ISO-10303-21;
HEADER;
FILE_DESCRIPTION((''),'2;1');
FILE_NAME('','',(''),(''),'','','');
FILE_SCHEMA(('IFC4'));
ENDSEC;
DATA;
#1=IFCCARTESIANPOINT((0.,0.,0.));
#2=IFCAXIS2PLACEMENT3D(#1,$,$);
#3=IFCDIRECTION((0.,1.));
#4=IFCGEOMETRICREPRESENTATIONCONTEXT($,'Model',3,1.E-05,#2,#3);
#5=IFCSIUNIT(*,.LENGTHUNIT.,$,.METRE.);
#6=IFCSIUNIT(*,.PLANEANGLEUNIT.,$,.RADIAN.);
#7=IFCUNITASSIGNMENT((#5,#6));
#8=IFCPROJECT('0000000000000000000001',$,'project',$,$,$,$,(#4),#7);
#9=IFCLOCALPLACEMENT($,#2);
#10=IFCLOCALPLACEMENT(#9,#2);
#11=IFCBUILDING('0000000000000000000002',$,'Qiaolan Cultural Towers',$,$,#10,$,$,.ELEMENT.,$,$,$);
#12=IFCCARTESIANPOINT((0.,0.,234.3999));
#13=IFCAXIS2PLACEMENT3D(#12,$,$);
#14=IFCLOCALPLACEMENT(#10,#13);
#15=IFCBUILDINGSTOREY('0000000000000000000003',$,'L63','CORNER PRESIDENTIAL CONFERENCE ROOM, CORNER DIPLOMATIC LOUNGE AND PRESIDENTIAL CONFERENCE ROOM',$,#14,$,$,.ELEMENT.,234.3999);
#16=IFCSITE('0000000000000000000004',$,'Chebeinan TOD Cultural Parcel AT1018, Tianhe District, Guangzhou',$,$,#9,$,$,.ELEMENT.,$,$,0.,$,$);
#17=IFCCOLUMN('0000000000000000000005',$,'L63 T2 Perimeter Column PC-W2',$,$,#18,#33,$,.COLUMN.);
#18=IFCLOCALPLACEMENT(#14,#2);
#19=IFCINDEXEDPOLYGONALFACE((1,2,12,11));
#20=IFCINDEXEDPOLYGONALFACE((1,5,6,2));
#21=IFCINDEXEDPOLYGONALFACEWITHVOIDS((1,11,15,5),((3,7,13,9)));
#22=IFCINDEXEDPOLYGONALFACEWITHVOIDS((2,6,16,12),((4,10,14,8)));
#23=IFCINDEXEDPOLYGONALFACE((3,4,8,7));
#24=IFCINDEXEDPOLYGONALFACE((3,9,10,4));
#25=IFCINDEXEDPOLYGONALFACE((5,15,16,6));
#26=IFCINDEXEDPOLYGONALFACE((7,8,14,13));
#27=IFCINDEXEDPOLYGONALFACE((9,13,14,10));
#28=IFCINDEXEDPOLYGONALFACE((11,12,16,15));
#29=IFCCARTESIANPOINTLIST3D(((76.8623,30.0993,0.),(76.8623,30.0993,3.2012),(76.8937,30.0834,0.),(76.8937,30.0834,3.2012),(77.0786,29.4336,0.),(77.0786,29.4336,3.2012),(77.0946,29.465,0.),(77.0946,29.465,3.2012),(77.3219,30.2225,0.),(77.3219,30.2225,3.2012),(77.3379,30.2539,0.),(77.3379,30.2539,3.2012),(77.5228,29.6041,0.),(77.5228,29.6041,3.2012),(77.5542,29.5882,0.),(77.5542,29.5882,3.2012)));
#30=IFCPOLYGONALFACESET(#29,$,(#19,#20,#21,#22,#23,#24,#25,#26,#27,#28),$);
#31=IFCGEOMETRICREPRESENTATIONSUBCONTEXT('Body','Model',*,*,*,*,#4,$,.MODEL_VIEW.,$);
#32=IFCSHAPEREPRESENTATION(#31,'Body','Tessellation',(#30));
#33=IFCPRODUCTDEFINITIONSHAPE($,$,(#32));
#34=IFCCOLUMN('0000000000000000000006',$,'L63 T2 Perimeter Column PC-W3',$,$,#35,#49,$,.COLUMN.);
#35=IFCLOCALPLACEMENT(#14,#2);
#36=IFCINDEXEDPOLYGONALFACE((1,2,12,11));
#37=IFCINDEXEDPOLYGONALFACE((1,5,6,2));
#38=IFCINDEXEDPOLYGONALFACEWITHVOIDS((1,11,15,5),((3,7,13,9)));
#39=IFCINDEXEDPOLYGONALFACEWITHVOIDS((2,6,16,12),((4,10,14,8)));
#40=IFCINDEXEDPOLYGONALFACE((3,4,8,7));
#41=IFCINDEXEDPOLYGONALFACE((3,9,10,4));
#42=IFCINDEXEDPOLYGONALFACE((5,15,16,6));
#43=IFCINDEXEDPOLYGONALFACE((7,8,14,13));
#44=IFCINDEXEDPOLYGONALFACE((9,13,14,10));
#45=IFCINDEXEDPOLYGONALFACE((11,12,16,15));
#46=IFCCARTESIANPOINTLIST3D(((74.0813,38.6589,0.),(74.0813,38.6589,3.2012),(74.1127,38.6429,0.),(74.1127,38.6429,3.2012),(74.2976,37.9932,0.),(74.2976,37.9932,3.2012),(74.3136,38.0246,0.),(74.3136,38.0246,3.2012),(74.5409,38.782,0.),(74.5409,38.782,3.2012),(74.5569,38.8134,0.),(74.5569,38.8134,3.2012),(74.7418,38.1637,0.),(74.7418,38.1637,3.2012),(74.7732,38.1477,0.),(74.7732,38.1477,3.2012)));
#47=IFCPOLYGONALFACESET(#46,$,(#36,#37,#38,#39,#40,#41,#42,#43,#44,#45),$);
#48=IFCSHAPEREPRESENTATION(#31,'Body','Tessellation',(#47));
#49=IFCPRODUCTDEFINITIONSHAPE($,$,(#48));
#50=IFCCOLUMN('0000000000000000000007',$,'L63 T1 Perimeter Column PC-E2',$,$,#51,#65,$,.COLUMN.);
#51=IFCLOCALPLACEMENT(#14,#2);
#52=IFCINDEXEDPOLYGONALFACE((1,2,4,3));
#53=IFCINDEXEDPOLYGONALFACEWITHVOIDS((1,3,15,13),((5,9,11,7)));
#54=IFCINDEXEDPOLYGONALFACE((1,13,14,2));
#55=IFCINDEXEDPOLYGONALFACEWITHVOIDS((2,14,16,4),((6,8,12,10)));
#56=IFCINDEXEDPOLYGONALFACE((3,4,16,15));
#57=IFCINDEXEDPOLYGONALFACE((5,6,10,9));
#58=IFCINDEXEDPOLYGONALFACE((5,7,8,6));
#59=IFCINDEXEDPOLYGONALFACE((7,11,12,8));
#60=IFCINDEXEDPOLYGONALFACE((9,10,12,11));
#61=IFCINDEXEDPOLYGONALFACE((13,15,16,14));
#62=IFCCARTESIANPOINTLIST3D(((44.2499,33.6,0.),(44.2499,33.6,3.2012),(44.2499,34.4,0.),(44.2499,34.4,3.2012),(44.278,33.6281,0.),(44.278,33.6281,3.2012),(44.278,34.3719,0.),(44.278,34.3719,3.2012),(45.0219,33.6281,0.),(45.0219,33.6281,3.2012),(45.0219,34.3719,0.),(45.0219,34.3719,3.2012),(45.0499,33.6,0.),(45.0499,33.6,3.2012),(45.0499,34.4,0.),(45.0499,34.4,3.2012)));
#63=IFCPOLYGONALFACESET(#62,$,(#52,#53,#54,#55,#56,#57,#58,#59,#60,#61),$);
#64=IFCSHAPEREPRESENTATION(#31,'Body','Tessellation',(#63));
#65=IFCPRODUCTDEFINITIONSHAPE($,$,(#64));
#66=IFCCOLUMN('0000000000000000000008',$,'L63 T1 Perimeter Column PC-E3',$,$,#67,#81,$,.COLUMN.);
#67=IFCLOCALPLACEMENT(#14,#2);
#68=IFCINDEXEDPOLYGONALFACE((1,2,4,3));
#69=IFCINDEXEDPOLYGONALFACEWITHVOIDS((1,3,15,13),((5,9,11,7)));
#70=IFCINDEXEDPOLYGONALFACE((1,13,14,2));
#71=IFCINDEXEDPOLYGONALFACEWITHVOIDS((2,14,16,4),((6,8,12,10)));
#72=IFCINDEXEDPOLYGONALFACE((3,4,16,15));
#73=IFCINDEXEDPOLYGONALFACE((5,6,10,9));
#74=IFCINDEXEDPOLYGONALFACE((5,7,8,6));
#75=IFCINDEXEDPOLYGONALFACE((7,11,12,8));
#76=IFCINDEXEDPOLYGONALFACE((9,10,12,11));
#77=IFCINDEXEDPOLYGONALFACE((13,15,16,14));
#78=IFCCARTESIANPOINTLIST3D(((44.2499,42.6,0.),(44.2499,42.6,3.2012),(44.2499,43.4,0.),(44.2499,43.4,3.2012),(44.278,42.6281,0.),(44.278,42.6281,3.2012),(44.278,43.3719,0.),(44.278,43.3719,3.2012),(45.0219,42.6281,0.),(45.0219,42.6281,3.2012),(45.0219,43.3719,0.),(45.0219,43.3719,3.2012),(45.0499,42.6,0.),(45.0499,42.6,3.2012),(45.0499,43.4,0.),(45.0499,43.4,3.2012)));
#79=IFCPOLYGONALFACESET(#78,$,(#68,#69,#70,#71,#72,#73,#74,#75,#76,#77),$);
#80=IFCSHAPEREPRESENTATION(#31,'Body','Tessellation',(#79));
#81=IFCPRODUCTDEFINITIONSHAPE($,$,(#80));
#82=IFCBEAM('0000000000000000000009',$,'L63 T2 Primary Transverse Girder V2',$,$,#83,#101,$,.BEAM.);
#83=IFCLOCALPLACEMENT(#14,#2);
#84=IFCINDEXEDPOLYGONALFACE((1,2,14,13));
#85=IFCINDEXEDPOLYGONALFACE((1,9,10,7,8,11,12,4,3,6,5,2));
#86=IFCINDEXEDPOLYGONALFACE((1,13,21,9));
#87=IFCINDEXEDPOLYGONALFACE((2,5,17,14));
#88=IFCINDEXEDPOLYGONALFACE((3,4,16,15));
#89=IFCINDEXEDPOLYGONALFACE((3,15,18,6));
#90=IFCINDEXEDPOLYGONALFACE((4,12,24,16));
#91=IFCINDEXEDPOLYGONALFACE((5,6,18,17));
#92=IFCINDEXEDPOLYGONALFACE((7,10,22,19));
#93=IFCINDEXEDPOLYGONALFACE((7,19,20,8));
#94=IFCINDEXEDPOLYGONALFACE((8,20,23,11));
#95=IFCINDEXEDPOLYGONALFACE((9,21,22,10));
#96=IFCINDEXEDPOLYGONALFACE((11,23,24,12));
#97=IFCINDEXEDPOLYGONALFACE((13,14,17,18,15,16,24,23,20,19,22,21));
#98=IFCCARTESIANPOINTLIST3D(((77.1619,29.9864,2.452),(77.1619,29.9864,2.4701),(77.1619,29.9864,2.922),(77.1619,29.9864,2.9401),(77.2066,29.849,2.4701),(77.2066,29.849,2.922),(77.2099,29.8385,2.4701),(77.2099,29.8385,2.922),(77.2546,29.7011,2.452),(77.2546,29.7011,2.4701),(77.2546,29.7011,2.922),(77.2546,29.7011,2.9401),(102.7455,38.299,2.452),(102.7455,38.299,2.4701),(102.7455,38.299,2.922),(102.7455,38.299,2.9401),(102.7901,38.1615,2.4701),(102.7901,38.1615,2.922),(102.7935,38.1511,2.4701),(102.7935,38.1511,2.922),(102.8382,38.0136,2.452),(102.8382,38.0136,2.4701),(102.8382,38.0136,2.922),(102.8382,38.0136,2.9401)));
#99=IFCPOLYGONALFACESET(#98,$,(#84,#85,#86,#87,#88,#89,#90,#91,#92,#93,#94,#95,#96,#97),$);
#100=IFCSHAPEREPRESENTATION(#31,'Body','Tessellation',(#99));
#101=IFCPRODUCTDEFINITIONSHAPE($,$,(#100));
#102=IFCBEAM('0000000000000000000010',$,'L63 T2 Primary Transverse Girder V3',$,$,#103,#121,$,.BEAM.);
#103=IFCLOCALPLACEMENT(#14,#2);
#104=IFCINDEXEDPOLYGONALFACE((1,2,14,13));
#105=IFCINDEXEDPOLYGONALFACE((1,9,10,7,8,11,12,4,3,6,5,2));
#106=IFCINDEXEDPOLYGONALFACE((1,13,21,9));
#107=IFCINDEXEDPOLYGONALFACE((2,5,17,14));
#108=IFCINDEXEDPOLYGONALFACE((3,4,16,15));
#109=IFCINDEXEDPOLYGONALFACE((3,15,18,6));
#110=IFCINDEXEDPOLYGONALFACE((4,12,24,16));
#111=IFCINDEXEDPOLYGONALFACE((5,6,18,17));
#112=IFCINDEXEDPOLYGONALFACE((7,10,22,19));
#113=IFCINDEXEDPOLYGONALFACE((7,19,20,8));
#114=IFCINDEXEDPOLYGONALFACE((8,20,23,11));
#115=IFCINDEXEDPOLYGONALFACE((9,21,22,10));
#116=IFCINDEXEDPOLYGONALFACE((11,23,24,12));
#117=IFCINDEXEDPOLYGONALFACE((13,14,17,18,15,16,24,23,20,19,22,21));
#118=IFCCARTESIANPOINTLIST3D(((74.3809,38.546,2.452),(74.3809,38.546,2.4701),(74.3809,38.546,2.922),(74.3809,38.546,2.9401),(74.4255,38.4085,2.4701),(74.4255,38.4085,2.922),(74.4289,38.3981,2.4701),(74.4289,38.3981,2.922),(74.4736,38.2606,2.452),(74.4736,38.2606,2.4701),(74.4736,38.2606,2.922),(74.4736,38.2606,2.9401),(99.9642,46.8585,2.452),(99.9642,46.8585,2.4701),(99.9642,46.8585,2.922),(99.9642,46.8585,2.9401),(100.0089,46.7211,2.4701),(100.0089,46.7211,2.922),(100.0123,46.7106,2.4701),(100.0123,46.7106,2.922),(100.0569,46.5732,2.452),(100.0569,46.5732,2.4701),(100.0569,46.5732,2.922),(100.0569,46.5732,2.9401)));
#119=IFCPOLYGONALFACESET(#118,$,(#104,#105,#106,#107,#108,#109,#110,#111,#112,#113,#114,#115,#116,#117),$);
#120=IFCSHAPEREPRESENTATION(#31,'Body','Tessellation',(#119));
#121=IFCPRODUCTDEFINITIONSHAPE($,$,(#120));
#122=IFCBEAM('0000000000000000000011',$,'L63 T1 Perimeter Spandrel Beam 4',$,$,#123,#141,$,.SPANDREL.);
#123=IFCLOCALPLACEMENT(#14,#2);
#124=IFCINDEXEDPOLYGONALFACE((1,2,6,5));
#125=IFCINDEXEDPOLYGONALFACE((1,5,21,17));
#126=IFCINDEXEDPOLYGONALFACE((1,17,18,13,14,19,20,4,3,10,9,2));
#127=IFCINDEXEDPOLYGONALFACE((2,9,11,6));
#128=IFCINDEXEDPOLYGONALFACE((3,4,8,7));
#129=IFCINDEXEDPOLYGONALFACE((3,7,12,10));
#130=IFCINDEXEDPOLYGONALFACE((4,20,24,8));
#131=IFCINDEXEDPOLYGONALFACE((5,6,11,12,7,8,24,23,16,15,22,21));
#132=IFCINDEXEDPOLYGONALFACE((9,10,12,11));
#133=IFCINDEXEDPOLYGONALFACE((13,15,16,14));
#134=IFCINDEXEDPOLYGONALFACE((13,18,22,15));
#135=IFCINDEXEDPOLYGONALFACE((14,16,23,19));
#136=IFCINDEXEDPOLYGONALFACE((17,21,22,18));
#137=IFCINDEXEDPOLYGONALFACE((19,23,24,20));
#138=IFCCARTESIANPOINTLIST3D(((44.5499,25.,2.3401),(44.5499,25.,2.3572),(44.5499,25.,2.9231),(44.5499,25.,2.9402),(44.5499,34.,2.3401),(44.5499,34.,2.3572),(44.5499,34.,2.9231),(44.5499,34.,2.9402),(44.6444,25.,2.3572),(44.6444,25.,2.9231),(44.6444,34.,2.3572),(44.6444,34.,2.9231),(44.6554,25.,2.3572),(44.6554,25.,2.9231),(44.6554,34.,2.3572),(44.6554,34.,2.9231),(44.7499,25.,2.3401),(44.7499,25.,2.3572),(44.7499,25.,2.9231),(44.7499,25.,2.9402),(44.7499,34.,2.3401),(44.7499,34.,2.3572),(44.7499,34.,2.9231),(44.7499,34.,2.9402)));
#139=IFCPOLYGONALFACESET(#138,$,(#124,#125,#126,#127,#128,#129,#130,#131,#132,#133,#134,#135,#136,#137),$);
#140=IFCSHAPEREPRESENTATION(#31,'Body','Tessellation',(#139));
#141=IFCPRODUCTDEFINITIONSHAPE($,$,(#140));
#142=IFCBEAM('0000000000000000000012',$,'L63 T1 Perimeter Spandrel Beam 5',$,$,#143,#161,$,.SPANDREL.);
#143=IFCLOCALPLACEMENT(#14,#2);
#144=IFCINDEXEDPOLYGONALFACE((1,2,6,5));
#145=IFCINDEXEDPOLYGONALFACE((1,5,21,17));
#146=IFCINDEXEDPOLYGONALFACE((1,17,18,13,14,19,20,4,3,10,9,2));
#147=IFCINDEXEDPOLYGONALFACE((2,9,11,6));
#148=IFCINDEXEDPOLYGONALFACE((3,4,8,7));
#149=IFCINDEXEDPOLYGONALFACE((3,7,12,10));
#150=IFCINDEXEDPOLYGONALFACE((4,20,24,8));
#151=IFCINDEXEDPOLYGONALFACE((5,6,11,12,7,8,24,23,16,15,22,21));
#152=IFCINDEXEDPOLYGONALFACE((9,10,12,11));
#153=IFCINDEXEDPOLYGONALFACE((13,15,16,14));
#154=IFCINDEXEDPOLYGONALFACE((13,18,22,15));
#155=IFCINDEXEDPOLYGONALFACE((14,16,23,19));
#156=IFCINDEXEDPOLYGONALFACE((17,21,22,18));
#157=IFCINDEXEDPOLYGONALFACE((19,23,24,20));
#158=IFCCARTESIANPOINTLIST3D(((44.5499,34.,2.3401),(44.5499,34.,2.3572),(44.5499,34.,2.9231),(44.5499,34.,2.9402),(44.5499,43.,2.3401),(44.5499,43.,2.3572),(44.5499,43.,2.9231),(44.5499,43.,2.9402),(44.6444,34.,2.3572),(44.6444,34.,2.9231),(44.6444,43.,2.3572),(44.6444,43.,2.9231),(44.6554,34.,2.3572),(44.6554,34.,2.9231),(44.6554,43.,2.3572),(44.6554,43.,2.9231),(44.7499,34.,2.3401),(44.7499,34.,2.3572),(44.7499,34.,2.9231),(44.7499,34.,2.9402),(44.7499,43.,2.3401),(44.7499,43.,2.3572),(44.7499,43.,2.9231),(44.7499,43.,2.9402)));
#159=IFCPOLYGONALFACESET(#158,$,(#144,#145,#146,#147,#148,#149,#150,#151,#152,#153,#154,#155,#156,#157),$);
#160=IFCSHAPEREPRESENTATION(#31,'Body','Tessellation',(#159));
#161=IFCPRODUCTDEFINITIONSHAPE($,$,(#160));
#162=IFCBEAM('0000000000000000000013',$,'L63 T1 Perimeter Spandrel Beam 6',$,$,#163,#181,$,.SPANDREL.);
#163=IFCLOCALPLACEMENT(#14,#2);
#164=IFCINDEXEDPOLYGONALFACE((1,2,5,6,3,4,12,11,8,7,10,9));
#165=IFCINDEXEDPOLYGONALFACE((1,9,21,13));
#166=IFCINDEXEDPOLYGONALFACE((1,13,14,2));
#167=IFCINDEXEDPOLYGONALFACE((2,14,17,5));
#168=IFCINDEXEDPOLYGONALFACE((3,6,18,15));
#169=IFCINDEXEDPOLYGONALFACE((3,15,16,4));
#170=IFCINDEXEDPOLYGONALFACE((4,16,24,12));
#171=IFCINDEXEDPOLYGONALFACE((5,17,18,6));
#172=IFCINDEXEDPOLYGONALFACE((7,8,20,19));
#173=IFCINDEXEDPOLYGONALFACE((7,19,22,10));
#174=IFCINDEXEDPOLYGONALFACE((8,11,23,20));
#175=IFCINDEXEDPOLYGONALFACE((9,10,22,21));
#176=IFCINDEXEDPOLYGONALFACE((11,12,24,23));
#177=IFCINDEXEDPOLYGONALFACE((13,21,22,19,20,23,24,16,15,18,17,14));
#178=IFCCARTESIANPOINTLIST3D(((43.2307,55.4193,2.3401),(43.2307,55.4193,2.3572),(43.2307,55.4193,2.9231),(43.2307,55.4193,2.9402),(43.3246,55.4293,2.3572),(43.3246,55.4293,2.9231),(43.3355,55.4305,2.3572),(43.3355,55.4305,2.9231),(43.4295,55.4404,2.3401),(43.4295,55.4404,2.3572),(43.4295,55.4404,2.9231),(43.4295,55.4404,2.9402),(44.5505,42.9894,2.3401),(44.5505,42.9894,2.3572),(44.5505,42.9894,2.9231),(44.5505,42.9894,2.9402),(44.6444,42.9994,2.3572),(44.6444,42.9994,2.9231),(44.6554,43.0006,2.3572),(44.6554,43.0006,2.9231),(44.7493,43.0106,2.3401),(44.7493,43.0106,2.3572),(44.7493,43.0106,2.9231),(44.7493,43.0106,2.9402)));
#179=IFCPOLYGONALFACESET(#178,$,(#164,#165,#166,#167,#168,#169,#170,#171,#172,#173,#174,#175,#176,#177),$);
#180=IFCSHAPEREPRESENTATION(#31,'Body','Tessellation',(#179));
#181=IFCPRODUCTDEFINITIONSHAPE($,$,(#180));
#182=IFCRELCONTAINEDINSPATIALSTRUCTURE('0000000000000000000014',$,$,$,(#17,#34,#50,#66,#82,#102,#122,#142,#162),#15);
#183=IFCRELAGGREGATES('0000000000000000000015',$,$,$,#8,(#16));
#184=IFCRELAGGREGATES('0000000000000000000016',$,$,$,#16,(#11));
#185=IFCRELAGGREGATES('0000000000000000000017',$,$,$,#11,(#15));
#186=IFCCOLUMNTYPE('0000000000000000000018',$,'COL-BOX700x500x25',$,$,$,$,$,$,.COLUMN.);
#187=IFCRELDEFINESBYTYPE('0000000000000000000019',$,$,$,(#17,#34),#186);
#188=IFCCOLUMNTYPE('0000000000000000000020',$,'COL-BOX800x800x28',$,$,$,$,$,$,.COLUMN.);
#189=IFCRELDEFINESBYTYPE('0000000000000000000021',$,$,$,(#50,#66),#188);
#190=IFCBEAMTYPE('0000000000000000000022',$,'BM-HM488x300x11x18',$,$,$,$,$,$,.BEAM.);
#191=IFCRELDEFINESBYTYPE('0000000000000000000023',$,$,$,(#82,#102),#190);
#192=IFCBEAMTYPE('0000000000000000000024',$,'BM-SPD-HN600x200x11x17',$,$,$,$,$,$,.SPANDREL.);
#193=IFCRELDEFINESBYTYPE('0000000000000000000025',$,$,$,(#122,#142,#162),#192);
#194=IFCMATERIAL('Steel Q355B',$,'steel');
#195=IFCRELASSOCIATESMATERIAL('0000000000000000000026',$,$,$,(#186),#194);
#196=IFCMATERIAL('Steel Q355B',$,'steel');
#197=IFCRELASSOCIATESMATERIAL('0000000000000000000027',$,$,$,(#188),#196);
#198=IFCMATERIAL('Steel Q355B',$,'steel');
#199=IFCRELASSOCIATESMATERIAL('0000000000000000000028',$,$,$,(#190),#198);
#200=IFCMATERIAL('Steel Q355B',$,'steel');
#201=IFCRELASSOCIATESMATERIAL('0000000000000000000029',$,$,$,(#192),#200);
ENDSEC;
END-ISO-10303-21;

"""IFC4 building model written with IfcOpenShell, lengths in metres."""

from ifc_helpers import new_model, si_unit, direction, frame, origin, origin_2d, place, context, subcontext, project, spatial, hollow_rectangle, i_section, extrude, material, material_profile, profile_set, type_object, element, save


model = new_model("IFC4")

# Units and contexts
model_context = context("Model", 3, precision=1e-05, world=origin(), true_north=direction((0.0, 1.0)))
body_context = subcontext(model_context, "Body", "Model", "MODEL_VIEW")
ifc_project = project(units=[si_unit("LENGTHUNIT", "METRE"), si_unit("PLANEANGLEUNIT", "RADIAN")], contexts=[model_context])

# Site, building, storey
site_placement = place(None, origin())
site = spatial("IfcSite", under=ifc_project, at=site_placement, Name="Chebeinan TOD Cultural Parcel AT1018, Tianhe District, Guangzhou", CompositionType="ELEMENT", RefElevation=0.0)
building_placement = place(site_placement, origin())
building = spatial("IfcBuilding", under=site, at=building_placement, Name="Qiaolan Cultural Towers", CompositionType="ELEMENT")
storey_placement = place(building_placement, frame((0.0, 0.0, 234.3999)))
storey = spatial("IfcBuildingStorey", under=building, at=storey_placement, Name="L63", Description="CORNER PRESIDENTIAL CONFERENCE ROOM, CORNER DIPLOMATIC LOUNGE AND PRESIDENTIAL CONFERENCE ROOM", CompositionType="ELEMENT", Elevation=234.3999)

# Columns
ifc_material_1 = material(Name="Steel Q355B", Category="steel")
ifc_material_profile_1 = material_profile(ifc_material_1, hollow_rectangle(XDim=0.5, YDim=0.7, WallThickness=0.0249, at=origin_2d()), Name="BOX700x500x25")
ifc_profile_set_1 = profile_set([ifc_material_profile_1], Name="Steel Q355B")
column_type_1 = type_object("IfcColumnType", Name="COL-BOX700x500x25", PredefinedType="COLUMN", material=ifc_profile_set_1)
for number, where, z_axis, x_axis, name in (
    (1, (77.2083, 29.8438, 0.0), (0.0, 0.0, 1.0), (0.951057, 0.309017, 0.0), "L63 T2 Perimeter Column PC-W2"),
    (2, (74.4272, 38.4033, 0.0), (0.0, 0.0, 1.0), (0.951057, 0.309017, 0.0), "L63 T2 Perimeter Column PC-W3"),
):
    element("IfcColumn", number, at=place(storey_placement, frame(where, z_axis=z_axis, x_axis=x_axis)), inside=storey, type_object=column_type_1, Name=name, PredefinedType="COLUMN", context=body_context, shape_type="SweptSolid", body=[
        extrude(hollow_rectangle(XDim=0.5, YDim=0.7, WallThickness=0.0249, at=origin_2d()), origin(), (0.0, 0.0, 1.0), 3.2012),
    ])
ifc_material_2 = material(Name="Steel Q355B", Category="steel")
ifc_material_profile_2 = material_profile(ifc_material_2, hollow_rectangle(XDim=0.8, YDim=0.8, WallThickness=0.0281, at=origin_2d()), Name="BOX800x800x28")
ifc_profile_set_2 = profile_set([ifc_material_profile_2], Name="Steel Q355B")
column_type_2 = type_object("IfcColumnType", Name="COL-BOX800x800x28", PredefinedType="COLUMN", material=ifc_profile_set_2)
for number, where, z_axis, x_axis, name in (
    (3, (44.6499, 34.0, 0.0), (0.0, 0.0, 1.0), (1.0, 0.0, 0.0), "L63 T1 Perimeter Column PC-E2"),
    (4, (44.6499, 43.0, 0.0), (0.0, 0.0, 1.0), (1.0, 0.0, 0.0), "L63 T1 Perimeter Column PC-E3"),
):
    element("IfcColumn", number, at=place(storey_placement, frame(where, z_axis=z_axis, x_axis=x_axis)), inside=storey, type_object=column_type_2, Name=name, PredefinedType="COLUMN", context=body_context, shape_type="SweptSolid", body=[
        extrude(hollow_rectangle(XDim=0.8, YDim=0.8, WallThickness=0.0281, at=origin_2d()), origin(), (0.0, 0.0, 1.0), 3.2012),
    ])

# Beams
ifc_material_3 = material(Name="Steel Q355B", Category="steel")
ifc_material_profile_3 = material_profile(ifc_material_3, i_section(OverallWidth=0.3, OverallDepth=0.488, WebThickness=0.011, FlangeThickness=0.0181, at=origin_2d()), Name="HM488x300x11x18")
ifc_profile_set_3 = profile_set([ifc_material_profile_3], Name="Steel Q355B")
beam_type_1 = type_object("IfcBeamType", Name="BM-HM488x300x11x18", PredefinedType="BEAM", material=ifc_profile_set_3)
beam_1_placement = place(storey_placement, frame((77.2083, 29.8438, 2.696), z_axis=(0.951057, 0.309014, 0.0), x_axis=(-0.309014, 0.951057, 0.0)))
element("IfcBeam", 5, at=beam_1_placement, inside=storey, type_object=beam_type_1, Name="L63 T2 Primary Transverse Girder V2", PredefinedType="BEAM", context=body_context, shape_type="SweptSolid", body=[
    extrude(i_section(OverallWidth=0.3, OverallDepth=0.488, WebThickness=0.011, FlangeThickness=0.0181, at=origin_2d()), origin(), (0.0, 0.0, 1.0), 26.9001),
])
beam_2_placement = place(storey_placement, frame((74.4272, 38.4033, 2.696), z_axis=(0.951057, 0.309017, 0.0), x_axis=(-0.309017, 0.951057, 0.0)))
element("IfcBeam", 6, at=beam_2_placement, inside=storey, type_object=beam_type_1, Name="L63 T2 Primary Transverse Girder V3", PredefinedType="BEAM", context=body_context, shape_type="SweptSolid", body=[
    extrude(i_section(OverallWidth=0.3, OverallDepth=0.488, WebThickness=0.011, FlangeThickness=0.0181, at=origin_2d()), origin(), (0.0, 0.0, 1.0), 26.8999),
])
ifc_material_4 = material(Name="Steel Q355B", Category="steel")
ifc_material_profile_4 = material_profile(ifc_material_4, i_section(OverallWidth=0.2, OverallDepth=0.6001, WebThickness=0.011, FlangeThickness=0.0171, at=origin_2d()), Name="HN600x200x11x17")
ifc_profile_set_4 = profile_set([ifc_material_profile_4], Name="Steel Q355B")
beam_type_2 = type_object("IfcBeamType", Name="BM-SPD-HN600x200x11x17", PredefinedType="SPANDREL", material=ifc_profile_set_4)
for number, where, z_axis, x_axis, name in (
    (7, (44.6499, 25.0, 2.6401), (0.0, 1.0, 0.0), (-1.0, 0.0, 0.0), "L63 T1 Perimeter Spandrel Beam 4"),
    (8, (44.6499, 34.0, 2.6401), (0.0, 1.0, 0.0), (-1.0, 0.0, 0.0), "L63 T1 Perimeter Spandrel Beam 5"),
):
    element("IfcBeam", number, at=place(storey_placement, frame(where, z_axis=z_axis, x_axis=x_axis)), inside=storey, type_object=beam_type_2, Name=name, PredefinedType="SPANDREL", context=body_context, shape_type="SweptSolid", body=[
        extrude(i_section(OverallWidth=0.2, OverallDepth=0.6001, WebThickness=0.011, FlangeThickness=0.0171, at=origin_2d()), origin(), (0.0, 0.0, 1.0), 9.0),
    ])
beam_3_placement = place(storey_placement, frame((44.6499, 43.0, 2.6401), z_axis=(-0.105588, 0.99441, 0.0), x_axis=(-0.99441, -0.105588, 0.0)))
element("IfcBeam", 9, at=beam_3_placement, inside=storey, type_object=beam_type_2, Name="L63 T1 Perimeter Spandrel Beam 6", PredefinedType="SPANDREL", context=body_context, shape_type="SweptSolid", body=[
    extrude(i_section(OverallWidth=0.2, OverallDepth=0.6001, WebThickness=0.011, FlangeThickness=0.0171, at=origin_2d()), origin(), (0.0, 0.0, 1.0), 12.4998),
])

save(model, "model.ifc")
